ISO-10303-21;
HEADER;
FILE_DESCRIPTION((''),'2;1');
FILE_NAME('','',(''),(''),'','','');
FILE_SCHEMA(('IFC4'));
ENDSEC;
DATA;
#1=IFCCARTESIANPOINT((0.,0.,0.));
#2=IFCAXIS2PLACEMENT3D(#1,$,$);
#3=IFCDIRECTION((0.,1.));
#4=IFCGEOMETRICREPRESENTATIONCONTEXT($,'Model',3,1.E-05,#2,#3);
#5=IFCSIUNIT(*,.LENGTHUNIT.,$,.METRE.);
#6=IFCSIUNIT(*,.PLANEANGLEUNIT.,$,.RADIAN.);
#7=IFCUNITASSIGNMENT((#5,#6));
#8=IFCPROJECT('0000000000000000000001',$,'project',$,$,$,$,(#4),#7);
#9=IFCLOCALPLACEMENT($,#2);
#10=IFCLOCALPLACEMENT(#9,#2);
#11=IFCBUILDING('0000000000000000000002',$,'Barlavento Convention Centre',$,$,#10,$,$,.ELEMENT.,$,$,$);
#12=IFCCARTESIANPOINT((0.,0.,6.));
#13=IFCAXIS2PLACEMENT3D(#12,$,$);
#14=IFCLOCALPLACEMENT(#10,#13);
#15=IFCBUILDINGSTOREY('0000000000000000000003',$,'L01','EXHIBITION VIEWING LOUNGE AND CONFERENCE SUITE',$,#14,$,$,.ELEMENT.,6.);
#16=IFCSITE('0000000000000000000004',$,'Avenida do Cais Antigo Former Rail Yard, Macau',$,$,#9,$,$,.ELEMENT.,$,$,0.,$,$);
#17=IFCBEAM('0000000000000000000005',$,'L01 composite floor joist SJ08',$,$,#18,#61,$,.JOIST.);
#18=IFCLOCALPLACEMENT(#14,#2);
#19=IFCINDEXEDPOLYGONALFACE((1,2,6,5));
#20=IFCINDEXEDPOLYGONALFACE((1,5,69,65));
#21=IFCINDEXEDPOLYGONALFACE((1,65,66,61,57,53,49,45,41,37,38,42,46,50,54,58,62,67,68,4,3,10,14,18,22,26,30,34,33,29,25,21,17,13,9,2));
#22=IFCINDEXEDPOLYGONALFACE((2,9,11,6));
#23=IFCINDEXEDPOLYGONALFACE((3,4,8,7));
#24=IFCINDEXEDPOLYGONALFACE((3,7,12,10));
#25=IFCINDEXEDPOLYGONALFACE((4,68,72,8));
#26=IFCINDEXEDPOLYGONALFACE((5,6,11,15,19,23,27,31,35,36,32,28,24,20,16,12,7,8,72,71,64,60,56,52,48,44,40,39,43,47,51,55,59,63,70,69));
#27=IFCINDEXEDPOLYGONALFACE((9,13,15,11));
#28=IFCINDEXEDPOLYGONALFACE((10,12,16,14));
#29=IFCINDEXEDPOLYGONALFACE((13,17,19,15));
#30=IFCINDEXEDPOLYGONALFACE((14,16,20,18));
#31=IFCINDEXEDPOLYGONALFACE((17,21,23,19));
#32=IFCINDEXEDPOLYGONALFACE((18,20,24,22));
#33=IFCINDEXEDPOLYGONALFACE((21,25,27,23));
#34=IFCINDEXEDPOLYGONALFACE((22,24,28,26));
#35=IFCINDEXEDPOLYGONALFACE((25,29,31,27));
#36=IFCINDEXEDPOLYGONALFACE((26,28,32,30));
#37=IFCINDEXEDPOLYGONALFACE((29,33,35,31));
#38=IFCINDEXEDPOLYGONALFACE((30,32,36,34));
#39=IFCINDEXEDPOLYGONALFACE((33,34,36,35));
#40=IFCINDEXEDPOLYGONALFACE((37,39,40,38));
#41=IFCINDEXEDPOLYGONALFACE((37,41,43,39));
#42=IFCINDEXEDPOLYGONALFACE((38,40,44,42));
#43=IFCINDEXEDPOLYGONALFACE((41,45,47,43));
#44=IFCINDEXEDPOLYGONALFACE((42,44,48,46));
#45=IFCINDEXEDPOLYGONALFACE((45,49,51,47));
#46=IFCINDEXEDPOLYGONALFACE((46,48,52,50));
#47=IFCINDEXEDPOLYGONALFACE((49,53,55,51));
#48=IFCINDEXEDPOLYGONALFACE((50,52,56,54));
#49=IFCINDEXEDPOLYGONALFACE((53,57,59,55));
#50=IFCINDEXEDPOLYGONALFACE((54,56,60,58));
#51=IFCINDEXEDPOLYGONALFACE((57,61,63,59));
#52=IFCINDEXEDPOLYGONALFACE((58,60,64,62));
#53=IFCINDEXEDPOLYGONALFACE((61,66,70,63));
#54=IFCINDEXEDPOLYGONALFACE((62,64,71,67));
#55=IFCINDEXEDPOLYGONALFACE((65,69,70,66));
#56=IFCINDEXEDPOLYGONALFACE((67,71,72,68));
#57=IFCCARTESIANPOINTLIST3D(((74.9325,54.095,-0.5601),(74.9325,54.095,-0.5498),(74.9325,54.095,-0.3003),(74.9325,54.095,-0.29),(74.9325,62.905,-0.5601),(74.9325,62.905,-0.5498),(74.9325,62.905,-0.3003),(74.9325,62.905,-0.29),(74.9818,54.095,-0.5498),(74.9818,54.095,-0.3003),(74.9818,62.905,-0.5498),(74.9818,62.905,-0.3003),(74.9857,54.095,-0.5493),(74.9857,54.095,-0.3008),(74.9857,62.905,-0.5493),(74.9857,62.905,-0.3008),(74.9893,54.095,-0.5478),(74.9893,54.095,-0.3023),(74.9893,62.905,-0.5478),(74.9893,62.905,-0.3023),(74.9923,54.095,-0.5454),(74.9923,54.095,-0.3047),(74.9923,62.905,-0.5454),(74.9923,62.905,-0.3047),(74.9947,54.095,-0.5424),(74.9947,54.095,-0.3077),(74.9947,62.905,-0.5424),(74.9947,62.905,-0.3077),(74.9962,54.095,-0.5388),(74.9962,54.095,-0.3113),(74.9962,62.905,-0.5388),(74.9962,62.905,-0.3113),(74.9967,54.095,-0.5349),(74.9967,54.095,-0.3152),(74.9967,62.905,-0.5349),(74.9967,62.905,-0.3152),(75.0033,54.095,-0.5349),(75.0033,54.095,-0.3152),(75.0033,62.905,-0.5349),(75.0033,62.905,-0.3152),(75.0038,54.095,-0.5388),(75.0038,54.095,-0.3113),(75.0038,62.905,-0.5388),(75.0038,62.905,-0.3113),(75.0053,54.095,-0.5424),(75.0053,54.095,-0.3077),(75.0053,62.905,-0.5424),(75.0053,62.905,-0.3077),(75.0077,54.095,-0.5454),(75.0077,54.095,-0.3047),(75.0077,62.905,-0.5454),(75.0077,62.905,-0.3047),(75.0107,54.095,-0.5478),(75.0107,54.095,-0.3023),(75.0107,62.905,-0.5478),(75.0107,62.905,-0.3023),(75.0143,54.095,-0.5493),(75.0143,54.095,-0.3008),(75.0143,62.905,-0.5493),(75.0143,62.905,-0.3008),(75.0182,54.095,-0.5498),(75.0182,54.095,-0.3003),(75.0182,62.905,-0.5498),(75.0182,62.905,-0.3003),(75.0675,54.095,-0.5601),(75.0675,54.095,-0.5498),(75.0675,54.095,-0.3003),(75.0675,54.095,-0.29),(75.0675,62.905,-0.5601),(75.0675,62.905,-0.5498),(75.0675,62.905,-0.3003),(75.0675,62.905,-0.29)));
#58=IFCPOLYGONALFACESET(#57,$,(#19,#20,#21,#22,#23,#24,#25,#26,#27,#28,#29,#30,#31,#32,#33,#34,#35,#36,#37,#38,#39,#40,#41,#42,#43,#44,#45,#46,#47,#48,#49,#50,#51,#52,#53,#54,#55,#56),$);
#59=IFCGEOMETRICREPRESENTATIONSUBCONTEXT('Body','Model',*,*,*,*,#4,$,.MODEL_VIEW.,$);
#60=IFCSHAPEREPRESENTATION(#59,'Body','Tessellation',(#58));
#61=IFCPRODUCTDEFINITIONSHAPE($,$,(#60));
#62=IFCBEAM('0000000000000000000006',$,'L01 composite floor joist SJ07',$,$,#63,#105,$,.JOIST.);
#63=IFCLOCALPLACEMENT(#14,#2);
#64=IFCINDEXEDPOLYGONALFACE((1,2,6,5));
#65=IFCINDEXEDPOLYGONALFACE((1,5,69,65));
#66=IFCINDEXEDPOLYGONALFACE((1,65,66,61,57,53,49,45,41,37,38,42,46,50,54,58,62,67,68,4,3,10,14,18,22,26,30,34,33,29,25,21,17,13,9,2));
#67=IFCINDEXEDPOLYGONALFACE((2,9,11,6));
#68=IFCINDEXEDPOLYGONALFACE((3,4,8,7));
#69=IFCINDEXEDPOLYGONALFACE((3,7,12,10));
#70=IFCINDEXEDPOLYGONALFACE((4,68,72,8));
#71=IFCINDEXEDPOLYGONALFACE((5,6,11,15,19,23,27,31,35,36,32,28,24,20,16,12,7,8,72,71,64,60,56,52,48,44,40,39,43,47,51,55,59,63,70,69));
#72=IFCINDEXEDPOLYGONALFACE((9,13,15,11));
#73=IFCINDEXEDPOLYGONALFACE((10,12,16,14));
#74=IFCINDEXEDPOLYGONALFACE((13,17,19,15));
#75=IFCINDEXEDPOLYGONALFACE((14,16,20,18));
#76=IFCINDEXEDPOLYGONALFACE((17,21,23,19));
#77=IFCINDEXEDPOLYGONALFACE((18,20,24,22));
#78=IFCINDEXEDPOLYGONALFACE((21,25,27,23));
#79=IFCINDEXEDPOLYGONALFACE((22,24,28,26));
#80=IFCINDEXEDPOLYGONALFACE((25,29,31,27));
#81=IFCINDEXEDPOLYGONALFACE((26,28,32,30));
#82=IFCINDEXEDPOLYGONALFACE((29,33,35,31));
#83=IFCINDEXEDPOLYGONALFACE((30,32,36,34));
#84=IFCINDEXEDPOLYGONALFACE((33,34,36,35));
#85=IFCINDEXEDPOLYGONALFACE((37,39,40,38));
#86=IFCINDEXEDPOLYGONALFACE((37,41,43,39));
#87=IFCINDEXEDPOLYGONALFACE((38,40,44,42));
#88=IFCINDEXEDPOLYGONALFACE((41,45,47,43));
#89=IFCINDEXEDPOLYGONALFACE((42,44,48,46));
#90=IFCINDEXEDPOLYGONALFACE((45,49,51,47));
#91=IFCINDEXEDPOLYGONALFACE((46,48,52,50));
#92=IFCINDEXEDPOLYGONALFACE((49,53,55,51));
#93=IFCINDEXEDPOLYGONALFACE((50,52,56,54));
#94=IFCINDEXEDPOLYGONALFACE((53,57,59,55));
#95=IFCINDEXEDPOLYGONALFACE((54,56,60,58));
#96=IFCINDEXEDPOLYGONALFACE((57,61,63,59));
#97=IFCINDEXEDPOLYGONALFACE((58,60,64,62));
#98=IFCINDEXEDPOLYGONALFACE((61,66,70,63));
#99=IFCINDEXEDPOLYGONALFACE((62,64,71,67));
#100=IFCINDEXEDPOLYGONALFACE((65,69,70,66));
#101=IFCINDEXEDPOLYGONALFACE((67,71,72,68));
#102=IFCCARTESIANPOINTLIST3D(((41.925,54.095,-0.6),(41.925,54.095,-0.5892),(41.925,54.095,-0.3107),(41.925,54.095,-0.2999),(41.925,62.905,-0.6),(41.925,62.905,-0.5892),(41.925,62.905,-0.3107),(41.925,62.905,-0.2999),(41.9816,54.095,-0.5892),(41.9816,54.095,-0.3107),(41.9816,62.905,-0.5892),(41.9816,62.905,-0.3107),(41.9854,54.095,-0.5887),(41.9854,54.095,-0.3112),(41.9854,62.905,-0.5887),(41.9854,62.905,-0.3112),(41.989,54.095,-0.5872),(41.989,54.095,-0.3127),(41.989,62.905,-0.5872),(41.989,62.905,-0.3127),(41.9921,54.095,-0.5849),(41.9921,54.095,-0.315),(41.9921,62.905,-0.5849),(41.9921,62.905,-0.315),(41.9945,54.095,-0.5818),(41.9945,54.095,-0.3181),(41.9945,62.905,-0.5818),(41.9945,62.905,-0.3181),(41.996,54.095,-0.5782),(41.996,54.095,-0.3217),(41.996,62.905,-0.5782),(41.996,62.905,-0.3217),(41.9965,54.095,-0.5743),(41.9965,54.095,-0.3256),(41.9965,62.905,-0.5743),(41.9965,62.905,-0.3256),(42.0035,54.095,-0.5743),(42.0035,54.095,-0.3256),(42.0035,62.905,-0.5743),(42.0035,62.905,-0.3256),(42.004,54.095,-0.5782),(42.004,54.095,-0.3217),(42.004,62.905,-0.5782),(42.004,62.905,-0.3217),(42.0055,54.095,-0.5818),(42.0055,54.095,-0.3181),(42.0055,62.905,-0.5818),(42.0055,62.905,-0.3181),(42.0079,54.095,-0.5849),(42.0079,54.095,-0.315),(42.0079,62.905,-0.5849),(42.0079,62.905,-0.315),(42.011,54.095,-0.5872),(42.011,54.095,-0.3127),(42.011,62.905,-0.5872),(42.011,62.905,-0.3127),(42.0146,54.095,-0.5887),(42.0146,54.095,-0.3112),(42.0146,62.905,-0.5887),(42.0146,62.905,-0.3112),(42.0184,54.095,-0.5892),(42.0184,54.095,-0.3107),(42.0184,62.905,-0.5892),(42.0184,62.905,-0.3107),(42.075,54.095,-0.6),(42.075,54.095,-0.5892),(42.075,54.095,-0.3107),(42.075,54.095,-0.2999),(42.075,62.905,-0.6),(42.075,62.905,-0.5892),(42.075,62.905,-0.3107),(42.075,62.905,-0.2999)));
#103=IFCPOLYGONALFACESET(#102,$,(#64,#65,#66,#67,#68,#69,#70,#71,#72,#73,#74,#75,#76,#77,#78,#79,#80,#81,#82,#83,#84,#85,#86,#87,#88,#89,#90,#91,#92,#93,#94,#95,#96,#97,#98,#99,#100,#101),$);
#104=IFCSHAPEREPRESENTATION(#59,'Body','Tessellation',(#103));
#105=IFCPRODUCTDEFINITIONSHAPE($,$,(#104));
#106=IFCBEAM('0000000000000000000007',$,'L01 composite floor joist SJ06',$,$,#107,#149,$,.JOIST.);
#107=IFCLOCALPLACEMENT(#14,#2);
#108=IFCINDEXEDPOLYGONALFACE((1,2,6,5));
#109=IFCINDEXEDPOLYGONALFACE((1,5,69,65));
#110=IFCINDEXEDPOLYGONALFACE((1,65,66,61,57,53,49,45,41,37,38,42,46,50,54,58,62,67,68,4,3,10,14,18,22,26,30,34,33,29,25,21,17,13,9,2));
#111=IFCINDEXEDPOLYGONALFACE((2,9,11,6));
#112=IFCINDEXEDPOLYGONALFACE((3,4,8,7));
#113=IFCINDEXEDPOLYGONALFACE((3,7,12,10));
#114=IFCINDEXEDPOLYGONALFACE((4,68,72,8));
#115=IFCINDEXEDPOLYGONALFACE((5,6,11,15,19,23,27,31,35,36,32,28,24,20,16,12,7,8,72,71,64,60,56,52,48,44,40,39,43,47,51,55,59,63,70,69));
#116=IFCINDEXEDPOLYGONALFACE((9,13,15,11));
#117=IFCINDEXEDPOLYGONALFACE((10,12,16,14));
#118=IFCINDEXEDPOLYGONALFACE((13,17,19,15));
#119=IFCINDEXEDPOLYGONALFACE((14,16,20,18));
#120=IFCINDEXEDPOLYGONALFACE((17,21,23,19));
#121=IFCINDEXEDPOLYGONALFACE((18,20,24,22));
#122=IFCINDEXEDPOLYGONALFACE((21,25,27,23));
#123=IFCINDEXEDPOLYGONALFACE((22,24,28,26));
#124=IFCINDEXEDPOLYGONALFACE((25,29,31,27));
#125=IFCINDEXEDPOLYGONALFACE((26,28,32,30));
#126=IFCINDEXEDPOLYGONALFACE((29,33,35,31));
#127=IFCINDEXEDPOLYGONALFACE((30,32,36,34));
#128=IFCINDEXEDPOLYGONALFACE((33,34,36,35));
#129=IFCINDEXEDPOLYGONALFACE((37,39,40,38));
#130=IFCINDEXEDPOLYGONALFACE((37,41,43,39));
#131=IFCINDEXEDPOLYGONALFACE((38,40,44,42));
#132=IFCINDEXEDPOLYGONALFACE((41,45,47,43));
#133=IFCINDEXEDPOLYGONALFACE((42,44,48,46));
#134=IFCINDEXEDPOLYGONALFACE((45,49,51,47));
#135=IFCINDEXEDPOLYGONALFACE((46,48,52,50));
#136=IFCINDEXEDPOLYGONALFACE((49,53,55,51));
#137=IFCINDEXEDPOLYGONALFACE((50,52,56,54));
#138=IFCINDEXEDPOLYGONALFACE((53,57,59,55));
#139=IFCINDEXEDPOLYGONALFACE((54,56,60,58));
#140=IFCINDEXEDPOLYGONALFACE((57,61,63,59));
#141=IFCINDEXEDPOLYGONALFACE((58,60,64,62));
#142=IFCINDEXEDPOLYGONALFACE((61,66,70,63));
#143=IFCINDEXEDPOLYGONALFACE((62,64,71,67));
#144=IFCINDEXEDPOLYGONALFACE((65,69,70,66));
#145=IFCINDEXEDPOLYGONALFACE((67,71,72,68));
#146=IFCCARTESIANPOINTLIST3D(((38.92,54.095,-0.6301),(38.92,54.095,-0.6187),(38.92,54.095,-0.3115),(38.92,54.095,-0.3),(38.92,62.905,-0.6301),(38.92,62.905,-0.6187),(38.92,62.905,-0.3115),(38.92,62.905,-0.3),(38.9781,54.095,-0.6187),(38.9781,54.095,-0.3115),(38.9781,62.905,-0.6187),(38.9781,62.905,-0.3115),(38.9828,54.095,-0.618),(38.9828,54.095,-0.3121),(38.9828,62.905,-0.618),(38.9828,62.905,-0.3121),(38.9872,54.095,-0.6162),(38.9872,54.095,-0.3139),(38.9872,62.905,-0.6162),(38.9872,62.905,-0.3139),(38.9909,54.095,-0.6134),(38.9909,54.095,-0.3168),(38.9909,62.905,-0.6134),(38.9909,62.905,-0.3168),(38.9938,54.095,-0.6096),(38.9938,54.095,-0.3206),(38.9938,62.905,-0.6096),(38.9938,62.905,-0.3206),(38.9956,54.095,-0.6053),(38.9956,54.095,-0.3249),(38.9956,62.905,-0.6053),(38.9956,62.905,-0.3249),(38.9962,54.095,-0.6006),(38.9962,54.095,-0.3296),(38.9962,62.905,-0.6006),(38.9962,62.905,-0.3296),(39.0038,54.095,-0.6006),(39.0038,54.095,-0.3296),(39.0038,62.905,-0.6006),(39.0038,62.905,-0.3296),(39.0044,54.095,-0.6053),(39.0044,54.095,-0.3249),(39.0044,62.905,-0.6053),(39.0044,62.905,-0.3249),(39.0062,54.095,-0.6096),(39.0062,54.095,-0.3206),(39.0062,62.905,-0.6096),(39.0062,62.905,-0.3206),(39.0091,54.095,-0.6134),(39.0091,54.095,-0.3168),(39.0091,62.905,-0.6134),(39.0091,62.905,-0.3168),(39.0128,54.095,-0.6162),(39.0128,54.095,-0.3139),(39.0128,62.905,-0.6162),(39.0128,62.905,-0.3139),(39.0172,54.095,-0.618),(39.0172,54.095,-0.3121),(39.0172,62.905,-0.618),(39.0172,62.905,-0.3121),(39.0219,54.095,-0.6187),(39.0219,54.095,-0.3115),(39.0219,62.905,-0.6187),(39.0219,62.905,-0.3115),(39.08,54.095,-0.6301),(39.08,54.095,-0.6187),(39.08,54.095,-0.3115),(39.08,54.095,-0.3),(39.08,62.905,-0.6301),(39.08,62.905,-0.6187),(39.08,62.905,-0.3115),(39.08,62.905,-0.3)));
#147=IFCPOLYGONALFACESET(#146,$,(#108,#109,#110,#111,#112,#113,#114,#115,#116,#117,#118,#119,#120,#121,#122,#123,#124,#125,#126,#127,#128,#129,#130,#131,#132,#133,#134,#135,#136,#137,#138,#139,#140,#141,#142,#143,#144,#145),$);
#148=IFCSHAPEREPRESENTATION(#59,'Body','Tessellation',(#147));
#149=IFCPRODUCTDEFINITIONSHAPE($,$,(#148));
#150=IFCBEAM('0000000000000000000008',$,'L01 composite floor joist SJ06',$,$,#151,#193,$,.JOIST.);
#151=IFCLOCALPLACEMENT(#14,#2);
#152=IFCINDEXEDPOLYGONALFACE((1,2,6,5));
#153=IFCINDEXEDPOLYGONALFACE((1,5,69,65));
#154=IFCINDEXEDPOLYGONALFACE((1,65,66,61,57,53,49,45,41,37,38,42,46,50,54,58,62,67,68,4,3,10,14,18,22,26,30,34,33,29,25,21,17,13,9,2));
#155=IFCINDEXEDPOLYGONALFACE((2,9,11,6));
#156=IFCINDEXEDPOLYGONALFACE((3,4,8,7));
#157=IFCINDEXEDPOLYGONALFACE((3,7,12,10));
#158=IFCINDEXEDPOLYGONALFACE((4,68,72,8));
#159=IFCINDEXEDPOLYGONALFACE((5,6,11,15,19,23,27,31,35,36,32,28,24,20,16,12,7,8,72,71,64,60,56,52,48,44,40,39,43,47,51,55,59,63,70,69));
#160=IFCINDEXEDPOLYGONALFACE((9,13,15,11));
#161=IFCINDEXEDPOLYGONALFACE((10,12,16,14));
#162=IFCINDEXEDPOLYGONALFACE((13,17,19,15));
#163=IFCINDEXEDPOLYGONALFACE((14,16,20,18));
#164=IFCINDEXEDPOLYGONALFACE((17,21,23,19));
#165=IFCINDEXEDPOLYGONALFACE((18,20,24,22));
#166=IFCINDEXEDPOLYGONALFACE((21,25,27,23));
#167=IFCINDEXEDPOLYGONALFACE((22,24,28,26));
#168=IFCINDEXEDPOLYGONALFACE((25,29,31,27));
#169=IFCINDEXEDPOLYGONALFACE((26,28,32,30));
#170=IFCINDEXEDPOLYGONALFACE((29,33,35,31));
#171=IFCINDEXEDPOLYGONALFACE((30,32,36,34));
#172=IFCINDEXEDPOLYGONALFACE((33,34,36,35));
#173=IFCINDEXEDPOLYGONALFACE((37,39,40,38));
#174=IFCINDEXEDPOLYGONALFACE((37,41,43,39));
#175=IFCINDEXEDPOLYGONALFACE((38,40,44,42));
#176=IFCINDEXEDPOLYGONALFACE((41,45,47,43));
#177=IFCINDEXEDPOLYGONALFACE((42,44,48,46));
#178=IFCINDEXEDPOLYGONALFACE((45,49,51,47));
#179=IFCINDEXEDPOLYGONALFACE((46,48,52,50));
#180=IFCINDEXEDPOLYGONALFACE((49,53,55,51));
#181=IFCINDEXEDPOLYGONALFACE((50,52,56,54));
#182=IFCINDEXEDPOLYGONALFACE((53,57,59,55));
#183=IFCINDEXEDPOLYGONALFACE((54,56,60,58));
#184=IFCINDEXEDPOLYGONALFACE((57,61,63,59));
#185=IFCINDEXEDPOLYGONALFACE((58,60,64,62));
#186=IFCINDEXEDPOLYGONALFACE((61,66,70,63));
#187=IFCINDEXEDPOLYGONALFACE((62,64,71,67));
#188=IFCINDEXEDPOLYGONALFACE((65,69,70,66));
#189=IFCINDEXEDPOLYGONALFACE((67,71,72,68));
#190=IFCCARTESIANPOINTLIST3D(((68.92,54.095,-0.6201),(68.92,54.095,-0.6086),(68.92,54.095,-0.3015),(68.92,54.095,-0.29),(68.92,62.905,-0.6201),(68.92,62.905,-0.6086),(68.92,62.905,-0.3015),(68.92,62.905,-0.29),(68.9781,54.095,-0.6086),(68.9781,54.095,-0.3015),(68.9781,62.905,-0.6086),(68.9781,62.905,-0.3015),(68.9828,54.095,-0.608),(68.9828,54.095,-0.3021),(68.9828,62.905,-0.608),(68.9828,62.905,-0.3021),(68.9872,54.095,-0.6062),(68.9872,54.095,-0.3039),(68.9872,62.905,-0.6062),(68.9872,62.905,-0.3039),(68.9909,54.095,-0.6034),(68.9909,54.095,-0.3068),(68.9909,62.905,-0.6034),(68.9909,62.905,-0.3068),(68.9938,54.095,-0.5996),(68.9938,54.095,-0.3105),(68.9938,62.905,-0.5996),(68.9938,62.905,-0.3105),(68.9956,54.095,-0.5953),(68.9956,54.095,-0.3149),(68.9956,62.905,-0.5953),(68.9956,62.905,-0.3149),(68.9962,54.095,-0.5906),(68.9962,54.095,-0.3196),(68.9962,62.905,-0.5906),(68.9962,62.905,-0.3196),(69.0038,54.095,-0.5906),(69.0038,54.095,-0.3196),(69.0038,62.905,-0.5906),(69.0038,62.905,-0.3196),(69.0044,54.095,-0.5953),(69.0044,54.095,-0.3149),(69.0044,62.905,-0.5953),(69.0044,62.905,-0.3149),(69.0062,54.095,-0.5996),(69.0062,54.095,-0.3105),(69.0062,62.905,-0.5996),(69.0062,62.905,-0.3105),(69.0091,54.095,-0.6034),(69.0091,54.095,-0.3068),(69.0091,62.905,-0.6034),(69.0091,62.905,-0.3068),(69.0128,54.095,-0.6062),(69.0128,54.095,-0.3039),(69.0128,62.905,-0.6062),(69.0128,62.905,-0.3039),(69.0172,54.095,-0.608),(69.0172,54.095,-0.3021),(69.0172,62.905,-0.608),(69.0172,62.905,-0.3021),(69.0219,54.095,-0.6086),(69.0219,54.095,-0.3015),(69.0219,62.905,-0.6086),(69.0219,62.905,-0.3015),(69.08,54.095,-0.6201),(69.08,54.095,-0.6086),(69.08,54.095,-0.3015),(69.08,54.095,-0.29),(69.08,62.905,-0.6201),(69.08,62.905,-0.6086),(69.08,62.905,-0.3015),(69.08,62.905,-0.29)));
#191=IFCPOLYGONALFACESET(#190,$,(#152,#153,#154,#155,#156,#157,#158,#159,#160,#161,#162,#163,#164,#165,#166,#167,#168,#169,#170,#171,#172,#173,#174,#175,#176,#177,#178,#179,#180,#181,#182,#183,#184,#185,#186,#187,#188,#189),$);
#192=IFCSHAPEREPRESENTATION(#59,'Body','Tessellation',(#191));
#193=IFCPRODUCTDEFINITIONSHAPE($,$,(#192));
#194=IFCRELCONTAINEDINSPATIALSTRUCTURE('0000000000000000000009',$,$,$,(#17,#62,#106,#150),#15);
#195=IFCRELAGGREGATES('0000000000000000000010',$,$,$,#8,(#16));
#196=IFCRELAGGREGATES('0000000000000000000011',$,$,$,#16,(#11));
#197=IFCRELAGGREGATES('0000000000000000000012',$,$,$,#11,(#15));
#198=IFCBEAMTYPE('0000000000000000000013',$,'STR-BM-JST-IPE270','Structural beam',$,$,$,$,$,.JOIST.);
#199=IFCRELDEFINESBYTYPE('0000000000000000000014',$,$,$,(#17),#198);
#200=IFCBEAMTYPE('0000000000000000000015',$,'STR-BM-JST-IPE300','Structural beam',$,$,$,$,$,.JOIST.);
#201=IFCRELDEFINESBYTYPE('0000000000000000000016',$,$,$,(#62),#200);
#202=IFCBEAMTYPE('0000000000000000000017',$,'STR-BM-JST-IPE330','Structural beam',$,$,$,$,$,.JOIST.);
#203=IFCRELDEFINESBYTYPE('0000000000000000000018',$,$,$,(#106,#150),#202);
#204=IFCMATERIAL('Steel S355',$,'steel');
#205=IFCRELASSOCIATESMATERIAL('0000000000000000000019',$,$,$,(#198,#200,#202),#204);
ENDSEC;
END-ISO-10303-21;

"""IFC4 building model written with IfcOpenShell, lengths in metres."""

from ifc_helpers import new_model, si_unit, direction, frame, origin, origin_2d, place, context, subcontext, project, spatial, i_section, extrude, material, material_profile, profile_set, type_object, element, save


model = new_model("IFC4")

# Units and contexts
model_context = context("Model", 3, precision=1e-05, world=origin(), true_north=direction((0.0, 1.0)))
body_context = subcontext(model_context, "Body", "Model", "MODEL_VIEW")
ifc_project = project(units=[si_unit("LENGTHUNIT", "METRE"), si_unit("PLANEANGLEUNIT", "RADIAN")], contexts=[model_context])

# Site, building, storey
site_placement = place(None, origin())
site = spatial("IfcSite", under=ifc_project, at=site_placement, Name="Avenida do Cais Antigo Former Rail Yard, Macau", CompositionType="ELEMENT", RefElevation=0.0)
building_placement = place(site_placement, origin())
building = spatial("IfcBuilding", under=site, at=building_placement, Name="Barlavento Convention Centre", CompositionType="ELEMENT")
storey_placement = place(building_placement, frame((0.0, 0.0, 6.0)))
storey = spatial("IfcBuildingStorey", under=building, at=storey_placement, Name="L01", Description="EXHIBITION VIEWING LOUNGE AND CONFERENCE SUITE", CompositionType="ELEMENT", Elevation=6.0)

# Beams
ifc_material_1 = material(Name="Steel S355", Category="steel")
ifc_material_profile_1 = material_profile(ifc_material_1, i_section(OverallWidth=0.135, OverallDepth=0.27, WebThickness=0.0066, FlangeThickness=0.0103, FilletRadius=0.0149, at=origin_2d()), Name="IPE 270")
ifc_profile_set_1 = profile_set([ifc_material_profile_1], Name="Steel S355")
beam_type_1 = type_object("IfcBeamType", Name="STR-BM-JST-IPE270", Description="Structural beam", PredefinedType="JOIST", material=ifc_profile_set_1)
beam_1_placement = place(storey_placement, frame((75.0, 54.095, -0.425), z_axis=(0.0, 1.0, 0.0), x_axis=(-1.0, 0.0, 0.0)))
element("IfcBeam", 1, at=beam_1_placement, inside=storey, type_object=beam_type_1, Name="L01 composite floor joist SJ08", PredefinedType="JOIST", context=body_context, shape_type="SweptSolid", body=[
    extrude(i_section(OverallWidth=0.135, OverallDepth=0.27, WebThickness=0.0066, FlangeThickness=0.0103, FilletRadius=0.0149, at=origin_2d()), origin(), (0.0, 0.0, 1.0), 8.8101),
])
ifc_material_profile_2 = material_profile(ifc_material_1, i_section(OverallWidth=0.1499, OverallDepth=0.3, WebThickness=0.0071, FlangeThickness=0.0107, FilletRadius=0.0149, at=origin_2d()), Name="IPE 300")
ifc_profile_set_2 = profile_set([ifc_material_profile_2], Name="Steel S355")
beam_type_2 = type_object("IfcBeamType", Name="STR-BM-JST-IPE300", Description="Structural beam", PredefinedType="JOIST", material=ifc_profile_set_2)
beam_2_placement = place(storey_placement, frame((42.0, 54.095, -0.45), z_axis=(0.0, 1.0, 0.0), x_axis=(-1.0, 0.0, 0.0)))
element("IfcBeam", 2, at=beam_2_placement, inside=storey, type_object=beam_type_2, Name="L01 composite floor joist SJ07", PredefinedType="JOIST", context=body_context, shape_type="SweptSolid", body=[
    extrude(i_section(OverallWidth=0.1499, OverallDepth=0.3, WebThickness=0.0071, FlangeThickness=0.0107, FilletRadius=0.0149, at=origin_2d()), origin(), (0.0, 0.0, 1.0), 8.8101),
])
ifc_material_profile_3 = material_profile(ifc_material_1, i_section(OverallWidth=0.1599, OverallDepth=0.3301, WebThickness=0.0076, FlangeThickness=0.0115, FilletRadius=0.0181, at=origin_2d()), Name="IPE 330")
ifc_profile_set_3 = profile_set([ifc_material_profile_3], Name="Steel S355")
beam_type_3 = type_object("IfcBeamType", Name="STR-BM-JST-IPE330", Description="Structural beam", PredefinedType="JOIST", material=ifc_profile_set_3)
for number, where, z_axis, x_axis, name in (
    (3, (39.0, 54.095, -0.4651), (0.0, 1.0, 0.0), (-1.0, 0.0, 0.0), "L01 composite floor joist SJ06"),
    (4, (69.0, 54.095, -0.4551), (0.0, 1.0, 0.0), (-1.0, 0.0, 0.0), "L01 composite floor joist SJ06"),
):
    element("IfcBeam", number, at=place(storey_placement, frame(where, z_axis=z_axis, x_axis=x_axis)), inside=storey, type_object=beam_type_3, Name=name, PredefinedType="JOIST", context=body_context, shape_type="SweptSolid", body=[
        extrude(i_section(OverallWidth=0.1599, OverallDepth=0.3301, WebThickness=0.0076, FlangeThickness=0.0115, FilletRadius=0.0181, at=origin_2d()), origin(), (0.0, 0.0, 1.0), 8.8101),
    ])

save(model, "model.ifc")
